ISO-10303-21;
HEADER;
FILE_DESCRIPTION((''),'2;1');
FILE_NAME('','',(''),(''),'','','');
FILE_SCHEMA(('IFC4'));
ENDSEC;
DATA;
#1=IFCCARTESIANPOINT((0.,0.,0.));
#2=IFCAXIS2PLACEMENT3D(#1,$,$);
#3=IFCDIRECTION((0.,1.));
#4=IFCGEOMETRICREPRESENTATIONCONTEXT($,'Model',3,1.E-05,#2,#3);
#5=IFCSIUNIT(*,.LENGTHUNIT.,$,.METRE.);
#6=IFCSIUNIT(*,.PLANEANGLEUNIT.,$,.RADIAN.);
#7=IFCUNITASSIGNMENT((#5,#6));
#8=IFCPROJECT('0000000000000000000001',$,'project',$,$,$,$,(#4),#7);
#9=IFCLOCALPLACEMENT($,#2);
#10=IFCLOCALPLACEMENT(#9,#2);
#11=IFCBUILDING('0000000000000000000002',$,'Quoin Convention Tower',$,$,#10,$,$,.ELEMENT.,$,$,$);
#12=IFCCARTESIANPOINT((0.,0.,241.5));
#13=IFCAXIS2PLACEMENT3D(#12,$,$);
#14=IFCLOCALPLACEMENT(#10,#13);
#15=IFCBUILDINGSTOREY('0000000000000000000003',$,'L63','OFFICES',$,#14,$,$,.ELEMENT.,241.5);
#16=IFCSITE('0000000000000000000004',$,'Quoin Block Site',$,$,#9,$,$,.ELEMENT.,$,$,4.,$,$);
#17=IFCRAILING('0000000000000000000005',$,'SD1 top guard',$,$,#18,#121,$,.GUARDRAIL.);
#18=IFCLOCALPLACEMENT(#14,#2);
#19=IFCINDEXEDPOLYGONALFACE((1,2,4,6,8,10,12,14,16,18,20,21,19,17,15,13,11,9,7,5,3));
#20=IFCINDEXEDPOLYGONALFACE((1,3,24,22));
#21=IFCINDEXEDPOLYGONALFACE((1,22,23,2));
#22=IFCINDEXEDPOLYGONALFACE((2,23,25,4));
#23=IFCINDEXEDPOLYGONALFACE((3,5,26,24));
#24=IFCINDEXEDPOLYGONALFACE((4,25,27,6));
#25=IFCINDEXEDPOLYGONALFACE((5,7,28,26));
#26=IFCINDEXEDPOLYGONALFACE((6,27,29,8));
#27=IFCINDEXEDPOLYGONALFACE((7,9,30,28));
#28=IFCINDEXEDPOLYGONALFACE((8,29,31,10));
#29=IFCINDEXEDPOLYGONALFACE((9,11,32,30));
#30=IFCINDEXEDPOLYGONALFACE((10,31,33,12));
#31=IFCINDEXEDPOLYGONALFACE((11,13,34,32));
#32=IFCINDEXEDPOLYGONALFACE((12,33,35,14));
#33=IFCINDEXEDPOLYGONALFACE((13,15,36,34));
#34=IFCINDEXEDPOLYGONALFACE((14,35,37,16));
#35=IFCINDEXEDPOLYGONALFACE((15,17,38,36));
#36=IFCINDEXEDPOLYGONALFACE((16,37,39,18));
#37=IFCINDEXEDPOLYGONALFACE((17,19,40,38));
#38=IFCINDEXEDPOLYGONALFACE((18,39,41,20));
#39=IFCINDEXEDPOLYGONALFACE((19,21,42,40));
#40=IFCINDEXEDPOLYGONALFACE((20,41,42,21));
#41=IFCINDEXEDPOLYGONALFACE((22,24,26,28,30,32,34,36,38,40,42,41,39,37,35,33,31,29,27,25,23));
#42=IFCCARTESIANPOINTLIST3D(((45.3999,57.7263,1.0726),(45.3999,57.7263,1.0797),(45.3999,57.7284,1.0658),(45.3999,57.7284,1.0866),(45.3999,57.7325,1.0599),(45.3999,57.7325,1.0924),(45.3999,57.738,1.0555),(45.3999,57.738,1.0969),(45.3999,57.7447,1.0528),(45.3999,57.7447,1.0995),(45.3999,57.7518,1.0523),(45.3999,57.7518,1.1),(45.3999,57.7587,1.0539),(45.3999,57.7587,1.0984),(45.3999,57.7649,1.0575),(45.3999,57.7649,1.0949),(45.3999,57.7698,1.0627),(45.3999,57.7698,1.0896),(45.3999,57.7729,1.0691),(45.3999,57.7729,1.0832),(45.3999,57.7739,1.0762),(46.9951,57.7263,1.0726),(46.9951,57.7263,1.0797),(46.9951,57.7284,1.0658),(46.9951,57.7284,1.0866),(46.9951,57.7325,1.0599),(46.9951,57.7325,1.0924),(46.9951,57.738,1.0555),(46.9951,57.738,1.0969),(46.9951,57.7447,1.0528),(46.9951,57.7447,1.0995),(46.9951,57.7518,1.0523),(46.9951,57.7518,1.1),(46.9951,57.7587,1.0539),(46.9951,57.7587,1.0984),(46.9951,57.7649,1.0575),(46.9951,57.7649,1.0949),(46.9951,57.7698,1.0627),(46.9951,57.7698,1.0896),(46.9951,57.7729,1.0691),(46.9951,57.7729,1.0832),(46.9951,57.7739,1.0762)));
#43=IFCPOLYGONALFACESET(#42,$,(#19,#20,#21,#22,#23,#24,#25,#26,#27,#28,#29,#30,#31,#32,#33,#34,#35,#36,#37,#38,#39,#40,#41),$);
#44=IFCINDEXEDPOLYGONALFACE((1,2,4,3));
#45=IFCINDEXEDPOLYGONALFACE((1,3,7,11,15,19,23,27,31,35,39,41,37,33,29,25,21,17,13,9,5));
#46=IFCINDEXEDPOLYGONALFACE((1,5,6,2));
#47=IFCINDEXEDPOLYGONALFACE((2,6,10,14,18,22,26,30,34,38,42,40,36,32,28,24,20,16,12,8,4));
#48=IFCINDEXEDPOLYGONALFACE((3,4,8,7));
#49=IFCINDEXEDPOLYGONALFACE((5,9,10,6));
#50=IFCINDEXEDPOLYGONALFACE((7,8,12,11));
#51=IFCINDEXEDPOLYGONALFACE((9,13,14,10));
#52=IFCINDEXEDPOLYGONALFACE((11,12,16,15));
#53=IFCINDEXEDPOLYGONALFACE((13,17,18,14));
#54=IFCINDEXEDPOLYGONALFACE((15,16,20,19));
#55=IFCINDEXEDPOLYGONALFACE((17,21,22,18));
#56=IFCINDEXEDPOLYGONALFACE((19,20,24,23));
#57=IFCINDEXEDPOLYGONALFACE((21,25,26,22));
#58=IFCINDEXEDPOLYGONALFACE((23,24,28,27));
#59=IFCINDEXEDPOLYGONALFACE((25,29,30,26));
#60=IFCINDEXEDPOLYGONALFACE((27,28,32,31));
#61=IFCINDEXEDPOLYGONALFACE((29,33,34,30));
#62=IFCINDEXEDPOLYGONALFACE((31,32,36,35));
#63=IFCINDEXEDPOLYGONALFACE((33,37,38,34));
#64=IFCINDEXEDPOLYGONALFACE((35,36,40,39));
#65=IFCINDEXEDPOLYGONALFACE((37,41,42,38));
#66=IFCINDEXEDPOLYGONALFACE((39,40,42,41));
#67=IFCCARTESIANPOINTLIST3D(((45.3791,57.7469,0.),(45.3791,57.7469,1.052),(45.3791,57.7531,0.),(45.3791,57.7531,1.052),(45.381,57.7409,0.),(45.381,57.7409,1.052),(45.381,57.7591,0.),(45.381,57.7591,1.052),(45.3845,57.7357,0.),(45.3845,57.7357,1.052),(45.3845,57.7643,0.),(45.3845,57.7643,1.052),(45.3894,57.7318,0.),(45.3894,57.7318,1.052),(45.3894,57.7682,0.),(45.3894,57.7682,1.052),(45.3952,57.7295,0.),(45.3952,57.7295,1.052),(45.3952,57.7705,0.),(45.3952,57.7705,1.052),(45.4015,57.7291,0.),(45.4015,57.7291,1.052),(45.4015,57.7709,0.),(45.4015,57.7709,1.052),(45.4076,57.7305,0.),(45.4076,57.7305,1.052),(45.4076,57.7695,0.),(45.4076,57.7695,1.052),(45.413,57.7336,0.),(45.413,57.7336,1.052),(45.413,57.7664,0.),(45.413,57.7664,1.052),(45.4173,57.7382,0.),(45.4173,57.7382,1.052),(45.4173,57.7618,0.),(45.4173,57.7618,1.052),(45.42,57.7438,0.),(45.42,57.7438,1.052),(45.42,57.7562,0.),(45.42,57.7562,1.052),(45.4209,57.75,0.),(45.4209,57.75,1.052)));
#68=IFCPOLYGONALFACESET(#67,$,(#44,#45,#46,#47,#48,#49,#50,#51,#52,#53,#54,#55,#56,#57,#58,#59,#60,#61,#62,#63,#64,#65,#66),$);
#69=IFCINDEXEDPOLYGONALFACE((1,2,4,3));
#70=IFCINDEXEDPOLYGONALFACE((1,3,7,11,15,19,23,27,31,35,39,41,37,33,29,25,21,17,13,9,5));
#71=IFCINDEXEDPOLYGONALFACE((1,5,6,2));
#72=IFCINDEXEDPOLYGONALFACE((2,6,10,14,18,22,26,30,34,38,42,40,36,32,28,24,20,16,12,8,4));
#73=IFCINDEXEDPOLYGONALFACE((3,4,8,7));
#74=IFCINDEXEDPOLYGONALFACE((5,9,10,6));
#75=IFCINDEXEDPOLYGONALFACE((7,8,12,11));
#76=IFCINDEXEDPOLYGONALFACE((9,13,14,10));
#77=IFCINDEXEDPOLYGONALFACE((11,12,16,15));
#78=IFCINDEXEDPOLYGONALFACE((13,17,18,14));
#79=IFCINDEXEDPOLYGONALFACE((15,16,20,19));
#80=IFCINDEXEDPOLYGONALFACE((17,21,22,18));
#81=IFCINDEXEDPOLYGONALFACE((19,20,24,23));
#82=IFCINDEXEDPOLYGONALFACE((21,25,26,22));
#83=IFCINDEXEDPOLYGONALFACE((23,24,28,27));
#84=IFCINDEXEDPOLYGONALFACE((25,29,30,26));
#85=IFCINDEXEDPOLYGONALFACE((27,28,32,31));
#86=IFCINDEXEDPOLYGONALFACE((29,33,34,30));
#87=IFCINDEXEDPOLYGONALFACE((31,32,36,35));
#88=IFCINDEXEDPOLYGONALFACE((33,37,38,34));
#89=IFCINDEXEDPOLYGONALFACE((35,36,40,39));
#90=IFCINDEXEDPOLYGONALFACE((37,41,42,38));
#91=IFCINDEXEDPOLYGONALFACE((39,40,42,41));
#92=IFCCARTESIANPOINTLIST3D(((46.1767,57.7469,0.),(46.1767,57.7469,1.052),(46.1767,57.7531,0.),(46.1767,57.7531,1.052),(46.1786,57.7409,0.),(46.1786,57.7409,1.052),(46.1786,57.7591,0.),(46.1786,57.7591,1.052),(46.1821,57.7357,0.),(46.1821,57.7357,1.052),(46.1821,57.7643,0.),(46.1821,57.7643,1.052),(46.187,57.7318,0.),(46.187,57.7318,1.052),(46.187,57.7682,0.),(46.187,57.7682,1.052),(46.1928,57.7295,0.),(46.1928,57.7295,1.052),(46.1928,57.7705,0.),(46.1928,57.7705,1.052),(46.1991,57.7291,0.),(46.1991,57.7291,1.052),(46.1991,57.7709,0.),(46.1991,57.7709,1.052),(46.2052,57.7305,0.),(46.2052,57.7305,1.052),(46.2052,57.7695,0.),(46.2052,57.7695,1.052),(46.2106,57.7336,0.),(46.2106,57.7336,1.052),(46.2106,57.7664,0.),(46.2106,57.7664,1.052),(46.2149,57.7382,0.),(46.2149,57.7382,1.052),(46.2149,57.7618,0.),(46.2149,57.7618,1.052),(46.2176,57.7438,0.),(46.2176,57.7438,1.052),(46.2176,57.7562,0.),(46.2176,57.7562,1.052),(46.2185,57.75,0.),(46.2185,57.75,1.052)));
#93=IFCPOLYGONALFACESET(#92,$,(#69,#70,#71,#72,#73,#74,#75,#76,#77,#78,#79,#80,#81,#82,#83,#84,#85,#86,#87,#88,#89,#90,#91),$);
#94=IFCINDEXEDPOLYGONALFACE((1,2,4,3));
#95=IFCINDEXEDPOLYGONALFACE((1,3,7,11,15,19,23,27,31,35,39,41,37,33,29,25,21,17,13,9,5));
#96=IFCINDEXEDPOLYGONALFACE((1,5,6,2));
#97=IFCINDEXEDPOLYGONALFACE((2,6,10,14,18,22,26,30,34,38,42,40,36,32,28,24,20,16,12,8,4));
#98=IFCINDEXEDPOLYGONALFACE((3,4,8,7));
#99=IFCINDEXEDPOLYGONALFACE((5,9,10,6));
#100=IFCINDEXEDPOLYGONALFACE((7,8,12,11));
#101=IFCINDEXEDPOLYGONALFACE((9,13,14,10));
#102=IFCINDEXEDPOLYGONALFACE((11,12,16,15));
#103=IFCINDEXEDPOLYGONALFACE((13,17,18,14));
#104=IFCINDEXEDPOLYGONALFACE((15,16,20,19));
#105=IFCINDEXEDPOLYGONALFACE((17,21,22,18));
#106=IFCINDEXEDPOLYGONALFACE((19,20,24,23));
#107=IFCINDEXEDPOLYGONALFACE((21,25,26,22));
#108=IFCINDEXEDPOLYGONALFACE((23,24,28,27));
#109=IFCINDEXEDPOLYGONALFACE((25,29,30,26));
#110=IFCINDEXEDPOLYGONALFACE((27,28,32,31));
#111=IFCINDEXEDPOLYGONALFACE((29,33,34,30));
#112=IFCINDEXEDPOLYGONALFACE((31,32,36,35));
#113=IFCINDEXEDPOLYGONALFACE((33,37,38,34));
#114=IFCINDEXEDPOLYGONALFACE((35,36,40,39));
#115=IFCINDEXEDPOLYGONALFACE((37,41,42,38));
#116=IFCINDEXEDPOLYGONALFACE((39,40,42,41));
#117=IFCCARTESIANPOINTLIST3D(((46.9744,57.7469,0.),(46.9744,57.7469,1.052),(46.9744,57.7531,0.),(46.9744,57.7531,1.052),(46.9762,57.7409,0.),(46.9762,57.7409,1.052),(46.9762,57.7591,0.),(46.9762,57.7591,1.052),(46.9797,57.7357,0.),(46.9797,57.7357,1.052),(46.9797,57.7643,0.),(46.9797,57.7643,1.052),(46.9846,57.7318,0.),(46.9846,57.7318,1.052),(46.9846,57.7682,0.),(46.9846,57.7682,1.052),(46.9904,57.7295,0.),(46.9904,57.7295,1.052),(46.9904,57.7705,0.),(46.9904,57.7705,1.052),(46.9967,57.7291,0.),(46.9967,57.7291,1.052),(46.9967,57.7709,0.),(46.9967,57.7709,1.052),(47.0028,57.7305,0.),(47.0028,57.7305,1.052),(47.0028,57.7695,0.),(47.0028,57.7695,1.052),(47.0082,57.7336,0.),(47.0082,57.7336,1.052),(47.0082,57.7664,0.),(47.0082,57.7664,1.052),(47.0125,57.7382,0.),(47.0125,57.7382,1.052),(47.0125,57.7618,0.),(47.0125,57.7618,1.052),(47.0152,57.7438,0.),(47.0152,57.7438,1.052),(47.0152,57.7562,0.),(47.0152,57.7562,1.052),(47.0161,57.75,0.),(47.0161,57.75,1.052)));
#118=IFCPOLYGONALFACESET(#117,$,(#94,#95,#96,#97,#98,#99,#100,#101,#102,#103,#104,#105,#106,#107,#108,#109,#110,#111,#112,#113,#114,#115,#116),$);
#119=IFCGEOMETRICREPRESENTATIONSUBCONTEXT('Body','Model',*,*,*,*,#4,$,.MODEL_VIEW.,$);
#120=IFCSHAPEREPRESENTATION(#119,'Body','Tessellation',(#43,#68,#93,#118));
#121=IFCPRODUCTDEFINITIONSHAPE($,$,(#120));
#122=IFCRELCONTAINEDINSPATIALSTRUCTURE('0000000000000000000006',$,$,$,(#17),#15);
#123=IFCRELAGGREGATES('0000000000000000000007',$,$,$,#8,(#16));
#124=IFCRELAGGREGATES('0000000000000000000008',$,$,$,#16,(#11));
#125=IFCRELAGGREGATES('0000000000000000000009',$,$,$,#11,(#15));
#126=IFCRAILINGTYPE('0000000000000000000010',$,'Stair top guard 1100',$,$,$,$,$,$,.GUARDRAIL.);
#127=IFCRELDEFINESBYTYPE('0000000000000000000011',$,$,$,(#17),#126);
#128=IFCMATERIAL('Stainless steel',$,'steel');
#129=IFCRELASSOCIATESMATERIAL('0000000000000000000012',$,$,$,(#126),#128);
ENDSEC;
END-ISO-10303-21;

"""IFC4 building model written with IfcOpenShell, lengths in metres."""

from ifc_helpers import new_model, si_unit, direction, frame, origin, origin_2d, place, context, subcontext, project, spatial, circle, extrude, material, type_object, element, save


model = new_model("IFC4")

# Units and contexts
model_context = context("Model", 3, precision=1e-05, world=origin(), true_north=direction((0.0, 1.0)))
body_context = subcontext(model_context, "Body", "Model", "MODEL_VIEW")
ifc_project = project(units=[si_unit("LENGTHUNIT", "METRE"), si_unit("PLANEANGLEUNIT", "RADIAN")], contexts=[model_context])

# Site, building, storey
site_placement = place(None, origin())
site = spatial("IfcSite", under=ifc_project, at=site_placement, Name="Quoin Block Site", CompositionType="ELEMENT", RefElevation=4.0)
building_placement = place(site_placement, origin())
building = spatial("IfcBuilding", under=site, at=building_placement, Name="Quoin Convention Tower", CompositionType="ELEMENT")
storey_placement = place(building_placement, frame((0.0, 0.0, 241.5)))
storey = spatial("IfcBuildingStorey", under=building, at=storey_placement, Name="L63", Description="OFFICES", CompositionType="ELEMENT", Elevation=241.5)

# Railing
ifc_material_1 = material(Name="Stainless steel", Category="steel")
railing_type = type_object("IfcRailingType", Name="Stair top guard 1100", PredefinedType="GUARDRAIL", material=ifc_material_1)
railing_placement = place(storey_placement, frame((45.3999, 57.75, 0.0)))
element("IfcRailing", 1, at=railing_placement, inside=storey, type_object=railing_type, Name="SD1 top guard", PredefinedType="GUARDRAIL", context=body_context, shape_type="SweptSolid", body=[
    extrude(circle(Radius=0.0239, at=origin_2d()), frame((0.0, 0.0, 1.0762), z_axis=(1.0, 0.0, 0.0), x_axis=(0.0, 1.0, 0.0)), (0.0, 0.0, 1.0), 1.5952),
    extrude(circle(Radius=0.021, at=origin_2d()), origin(), (0.0, 0.0, 1.0), 1.052),
    extrude(circle(Radius=0.021, at=origin_2d()), frame((0.7976, 0.0, 0.0)), (0.0, 0.0, 1.0), 1.052),
    extrude(circle(Radius=0.021, at=origin_2d()), frame((1.5952, 0.0, 0.0)), (0.0, 0.0, 1.0), 1.052),
])

save(model, "model.ifc")
